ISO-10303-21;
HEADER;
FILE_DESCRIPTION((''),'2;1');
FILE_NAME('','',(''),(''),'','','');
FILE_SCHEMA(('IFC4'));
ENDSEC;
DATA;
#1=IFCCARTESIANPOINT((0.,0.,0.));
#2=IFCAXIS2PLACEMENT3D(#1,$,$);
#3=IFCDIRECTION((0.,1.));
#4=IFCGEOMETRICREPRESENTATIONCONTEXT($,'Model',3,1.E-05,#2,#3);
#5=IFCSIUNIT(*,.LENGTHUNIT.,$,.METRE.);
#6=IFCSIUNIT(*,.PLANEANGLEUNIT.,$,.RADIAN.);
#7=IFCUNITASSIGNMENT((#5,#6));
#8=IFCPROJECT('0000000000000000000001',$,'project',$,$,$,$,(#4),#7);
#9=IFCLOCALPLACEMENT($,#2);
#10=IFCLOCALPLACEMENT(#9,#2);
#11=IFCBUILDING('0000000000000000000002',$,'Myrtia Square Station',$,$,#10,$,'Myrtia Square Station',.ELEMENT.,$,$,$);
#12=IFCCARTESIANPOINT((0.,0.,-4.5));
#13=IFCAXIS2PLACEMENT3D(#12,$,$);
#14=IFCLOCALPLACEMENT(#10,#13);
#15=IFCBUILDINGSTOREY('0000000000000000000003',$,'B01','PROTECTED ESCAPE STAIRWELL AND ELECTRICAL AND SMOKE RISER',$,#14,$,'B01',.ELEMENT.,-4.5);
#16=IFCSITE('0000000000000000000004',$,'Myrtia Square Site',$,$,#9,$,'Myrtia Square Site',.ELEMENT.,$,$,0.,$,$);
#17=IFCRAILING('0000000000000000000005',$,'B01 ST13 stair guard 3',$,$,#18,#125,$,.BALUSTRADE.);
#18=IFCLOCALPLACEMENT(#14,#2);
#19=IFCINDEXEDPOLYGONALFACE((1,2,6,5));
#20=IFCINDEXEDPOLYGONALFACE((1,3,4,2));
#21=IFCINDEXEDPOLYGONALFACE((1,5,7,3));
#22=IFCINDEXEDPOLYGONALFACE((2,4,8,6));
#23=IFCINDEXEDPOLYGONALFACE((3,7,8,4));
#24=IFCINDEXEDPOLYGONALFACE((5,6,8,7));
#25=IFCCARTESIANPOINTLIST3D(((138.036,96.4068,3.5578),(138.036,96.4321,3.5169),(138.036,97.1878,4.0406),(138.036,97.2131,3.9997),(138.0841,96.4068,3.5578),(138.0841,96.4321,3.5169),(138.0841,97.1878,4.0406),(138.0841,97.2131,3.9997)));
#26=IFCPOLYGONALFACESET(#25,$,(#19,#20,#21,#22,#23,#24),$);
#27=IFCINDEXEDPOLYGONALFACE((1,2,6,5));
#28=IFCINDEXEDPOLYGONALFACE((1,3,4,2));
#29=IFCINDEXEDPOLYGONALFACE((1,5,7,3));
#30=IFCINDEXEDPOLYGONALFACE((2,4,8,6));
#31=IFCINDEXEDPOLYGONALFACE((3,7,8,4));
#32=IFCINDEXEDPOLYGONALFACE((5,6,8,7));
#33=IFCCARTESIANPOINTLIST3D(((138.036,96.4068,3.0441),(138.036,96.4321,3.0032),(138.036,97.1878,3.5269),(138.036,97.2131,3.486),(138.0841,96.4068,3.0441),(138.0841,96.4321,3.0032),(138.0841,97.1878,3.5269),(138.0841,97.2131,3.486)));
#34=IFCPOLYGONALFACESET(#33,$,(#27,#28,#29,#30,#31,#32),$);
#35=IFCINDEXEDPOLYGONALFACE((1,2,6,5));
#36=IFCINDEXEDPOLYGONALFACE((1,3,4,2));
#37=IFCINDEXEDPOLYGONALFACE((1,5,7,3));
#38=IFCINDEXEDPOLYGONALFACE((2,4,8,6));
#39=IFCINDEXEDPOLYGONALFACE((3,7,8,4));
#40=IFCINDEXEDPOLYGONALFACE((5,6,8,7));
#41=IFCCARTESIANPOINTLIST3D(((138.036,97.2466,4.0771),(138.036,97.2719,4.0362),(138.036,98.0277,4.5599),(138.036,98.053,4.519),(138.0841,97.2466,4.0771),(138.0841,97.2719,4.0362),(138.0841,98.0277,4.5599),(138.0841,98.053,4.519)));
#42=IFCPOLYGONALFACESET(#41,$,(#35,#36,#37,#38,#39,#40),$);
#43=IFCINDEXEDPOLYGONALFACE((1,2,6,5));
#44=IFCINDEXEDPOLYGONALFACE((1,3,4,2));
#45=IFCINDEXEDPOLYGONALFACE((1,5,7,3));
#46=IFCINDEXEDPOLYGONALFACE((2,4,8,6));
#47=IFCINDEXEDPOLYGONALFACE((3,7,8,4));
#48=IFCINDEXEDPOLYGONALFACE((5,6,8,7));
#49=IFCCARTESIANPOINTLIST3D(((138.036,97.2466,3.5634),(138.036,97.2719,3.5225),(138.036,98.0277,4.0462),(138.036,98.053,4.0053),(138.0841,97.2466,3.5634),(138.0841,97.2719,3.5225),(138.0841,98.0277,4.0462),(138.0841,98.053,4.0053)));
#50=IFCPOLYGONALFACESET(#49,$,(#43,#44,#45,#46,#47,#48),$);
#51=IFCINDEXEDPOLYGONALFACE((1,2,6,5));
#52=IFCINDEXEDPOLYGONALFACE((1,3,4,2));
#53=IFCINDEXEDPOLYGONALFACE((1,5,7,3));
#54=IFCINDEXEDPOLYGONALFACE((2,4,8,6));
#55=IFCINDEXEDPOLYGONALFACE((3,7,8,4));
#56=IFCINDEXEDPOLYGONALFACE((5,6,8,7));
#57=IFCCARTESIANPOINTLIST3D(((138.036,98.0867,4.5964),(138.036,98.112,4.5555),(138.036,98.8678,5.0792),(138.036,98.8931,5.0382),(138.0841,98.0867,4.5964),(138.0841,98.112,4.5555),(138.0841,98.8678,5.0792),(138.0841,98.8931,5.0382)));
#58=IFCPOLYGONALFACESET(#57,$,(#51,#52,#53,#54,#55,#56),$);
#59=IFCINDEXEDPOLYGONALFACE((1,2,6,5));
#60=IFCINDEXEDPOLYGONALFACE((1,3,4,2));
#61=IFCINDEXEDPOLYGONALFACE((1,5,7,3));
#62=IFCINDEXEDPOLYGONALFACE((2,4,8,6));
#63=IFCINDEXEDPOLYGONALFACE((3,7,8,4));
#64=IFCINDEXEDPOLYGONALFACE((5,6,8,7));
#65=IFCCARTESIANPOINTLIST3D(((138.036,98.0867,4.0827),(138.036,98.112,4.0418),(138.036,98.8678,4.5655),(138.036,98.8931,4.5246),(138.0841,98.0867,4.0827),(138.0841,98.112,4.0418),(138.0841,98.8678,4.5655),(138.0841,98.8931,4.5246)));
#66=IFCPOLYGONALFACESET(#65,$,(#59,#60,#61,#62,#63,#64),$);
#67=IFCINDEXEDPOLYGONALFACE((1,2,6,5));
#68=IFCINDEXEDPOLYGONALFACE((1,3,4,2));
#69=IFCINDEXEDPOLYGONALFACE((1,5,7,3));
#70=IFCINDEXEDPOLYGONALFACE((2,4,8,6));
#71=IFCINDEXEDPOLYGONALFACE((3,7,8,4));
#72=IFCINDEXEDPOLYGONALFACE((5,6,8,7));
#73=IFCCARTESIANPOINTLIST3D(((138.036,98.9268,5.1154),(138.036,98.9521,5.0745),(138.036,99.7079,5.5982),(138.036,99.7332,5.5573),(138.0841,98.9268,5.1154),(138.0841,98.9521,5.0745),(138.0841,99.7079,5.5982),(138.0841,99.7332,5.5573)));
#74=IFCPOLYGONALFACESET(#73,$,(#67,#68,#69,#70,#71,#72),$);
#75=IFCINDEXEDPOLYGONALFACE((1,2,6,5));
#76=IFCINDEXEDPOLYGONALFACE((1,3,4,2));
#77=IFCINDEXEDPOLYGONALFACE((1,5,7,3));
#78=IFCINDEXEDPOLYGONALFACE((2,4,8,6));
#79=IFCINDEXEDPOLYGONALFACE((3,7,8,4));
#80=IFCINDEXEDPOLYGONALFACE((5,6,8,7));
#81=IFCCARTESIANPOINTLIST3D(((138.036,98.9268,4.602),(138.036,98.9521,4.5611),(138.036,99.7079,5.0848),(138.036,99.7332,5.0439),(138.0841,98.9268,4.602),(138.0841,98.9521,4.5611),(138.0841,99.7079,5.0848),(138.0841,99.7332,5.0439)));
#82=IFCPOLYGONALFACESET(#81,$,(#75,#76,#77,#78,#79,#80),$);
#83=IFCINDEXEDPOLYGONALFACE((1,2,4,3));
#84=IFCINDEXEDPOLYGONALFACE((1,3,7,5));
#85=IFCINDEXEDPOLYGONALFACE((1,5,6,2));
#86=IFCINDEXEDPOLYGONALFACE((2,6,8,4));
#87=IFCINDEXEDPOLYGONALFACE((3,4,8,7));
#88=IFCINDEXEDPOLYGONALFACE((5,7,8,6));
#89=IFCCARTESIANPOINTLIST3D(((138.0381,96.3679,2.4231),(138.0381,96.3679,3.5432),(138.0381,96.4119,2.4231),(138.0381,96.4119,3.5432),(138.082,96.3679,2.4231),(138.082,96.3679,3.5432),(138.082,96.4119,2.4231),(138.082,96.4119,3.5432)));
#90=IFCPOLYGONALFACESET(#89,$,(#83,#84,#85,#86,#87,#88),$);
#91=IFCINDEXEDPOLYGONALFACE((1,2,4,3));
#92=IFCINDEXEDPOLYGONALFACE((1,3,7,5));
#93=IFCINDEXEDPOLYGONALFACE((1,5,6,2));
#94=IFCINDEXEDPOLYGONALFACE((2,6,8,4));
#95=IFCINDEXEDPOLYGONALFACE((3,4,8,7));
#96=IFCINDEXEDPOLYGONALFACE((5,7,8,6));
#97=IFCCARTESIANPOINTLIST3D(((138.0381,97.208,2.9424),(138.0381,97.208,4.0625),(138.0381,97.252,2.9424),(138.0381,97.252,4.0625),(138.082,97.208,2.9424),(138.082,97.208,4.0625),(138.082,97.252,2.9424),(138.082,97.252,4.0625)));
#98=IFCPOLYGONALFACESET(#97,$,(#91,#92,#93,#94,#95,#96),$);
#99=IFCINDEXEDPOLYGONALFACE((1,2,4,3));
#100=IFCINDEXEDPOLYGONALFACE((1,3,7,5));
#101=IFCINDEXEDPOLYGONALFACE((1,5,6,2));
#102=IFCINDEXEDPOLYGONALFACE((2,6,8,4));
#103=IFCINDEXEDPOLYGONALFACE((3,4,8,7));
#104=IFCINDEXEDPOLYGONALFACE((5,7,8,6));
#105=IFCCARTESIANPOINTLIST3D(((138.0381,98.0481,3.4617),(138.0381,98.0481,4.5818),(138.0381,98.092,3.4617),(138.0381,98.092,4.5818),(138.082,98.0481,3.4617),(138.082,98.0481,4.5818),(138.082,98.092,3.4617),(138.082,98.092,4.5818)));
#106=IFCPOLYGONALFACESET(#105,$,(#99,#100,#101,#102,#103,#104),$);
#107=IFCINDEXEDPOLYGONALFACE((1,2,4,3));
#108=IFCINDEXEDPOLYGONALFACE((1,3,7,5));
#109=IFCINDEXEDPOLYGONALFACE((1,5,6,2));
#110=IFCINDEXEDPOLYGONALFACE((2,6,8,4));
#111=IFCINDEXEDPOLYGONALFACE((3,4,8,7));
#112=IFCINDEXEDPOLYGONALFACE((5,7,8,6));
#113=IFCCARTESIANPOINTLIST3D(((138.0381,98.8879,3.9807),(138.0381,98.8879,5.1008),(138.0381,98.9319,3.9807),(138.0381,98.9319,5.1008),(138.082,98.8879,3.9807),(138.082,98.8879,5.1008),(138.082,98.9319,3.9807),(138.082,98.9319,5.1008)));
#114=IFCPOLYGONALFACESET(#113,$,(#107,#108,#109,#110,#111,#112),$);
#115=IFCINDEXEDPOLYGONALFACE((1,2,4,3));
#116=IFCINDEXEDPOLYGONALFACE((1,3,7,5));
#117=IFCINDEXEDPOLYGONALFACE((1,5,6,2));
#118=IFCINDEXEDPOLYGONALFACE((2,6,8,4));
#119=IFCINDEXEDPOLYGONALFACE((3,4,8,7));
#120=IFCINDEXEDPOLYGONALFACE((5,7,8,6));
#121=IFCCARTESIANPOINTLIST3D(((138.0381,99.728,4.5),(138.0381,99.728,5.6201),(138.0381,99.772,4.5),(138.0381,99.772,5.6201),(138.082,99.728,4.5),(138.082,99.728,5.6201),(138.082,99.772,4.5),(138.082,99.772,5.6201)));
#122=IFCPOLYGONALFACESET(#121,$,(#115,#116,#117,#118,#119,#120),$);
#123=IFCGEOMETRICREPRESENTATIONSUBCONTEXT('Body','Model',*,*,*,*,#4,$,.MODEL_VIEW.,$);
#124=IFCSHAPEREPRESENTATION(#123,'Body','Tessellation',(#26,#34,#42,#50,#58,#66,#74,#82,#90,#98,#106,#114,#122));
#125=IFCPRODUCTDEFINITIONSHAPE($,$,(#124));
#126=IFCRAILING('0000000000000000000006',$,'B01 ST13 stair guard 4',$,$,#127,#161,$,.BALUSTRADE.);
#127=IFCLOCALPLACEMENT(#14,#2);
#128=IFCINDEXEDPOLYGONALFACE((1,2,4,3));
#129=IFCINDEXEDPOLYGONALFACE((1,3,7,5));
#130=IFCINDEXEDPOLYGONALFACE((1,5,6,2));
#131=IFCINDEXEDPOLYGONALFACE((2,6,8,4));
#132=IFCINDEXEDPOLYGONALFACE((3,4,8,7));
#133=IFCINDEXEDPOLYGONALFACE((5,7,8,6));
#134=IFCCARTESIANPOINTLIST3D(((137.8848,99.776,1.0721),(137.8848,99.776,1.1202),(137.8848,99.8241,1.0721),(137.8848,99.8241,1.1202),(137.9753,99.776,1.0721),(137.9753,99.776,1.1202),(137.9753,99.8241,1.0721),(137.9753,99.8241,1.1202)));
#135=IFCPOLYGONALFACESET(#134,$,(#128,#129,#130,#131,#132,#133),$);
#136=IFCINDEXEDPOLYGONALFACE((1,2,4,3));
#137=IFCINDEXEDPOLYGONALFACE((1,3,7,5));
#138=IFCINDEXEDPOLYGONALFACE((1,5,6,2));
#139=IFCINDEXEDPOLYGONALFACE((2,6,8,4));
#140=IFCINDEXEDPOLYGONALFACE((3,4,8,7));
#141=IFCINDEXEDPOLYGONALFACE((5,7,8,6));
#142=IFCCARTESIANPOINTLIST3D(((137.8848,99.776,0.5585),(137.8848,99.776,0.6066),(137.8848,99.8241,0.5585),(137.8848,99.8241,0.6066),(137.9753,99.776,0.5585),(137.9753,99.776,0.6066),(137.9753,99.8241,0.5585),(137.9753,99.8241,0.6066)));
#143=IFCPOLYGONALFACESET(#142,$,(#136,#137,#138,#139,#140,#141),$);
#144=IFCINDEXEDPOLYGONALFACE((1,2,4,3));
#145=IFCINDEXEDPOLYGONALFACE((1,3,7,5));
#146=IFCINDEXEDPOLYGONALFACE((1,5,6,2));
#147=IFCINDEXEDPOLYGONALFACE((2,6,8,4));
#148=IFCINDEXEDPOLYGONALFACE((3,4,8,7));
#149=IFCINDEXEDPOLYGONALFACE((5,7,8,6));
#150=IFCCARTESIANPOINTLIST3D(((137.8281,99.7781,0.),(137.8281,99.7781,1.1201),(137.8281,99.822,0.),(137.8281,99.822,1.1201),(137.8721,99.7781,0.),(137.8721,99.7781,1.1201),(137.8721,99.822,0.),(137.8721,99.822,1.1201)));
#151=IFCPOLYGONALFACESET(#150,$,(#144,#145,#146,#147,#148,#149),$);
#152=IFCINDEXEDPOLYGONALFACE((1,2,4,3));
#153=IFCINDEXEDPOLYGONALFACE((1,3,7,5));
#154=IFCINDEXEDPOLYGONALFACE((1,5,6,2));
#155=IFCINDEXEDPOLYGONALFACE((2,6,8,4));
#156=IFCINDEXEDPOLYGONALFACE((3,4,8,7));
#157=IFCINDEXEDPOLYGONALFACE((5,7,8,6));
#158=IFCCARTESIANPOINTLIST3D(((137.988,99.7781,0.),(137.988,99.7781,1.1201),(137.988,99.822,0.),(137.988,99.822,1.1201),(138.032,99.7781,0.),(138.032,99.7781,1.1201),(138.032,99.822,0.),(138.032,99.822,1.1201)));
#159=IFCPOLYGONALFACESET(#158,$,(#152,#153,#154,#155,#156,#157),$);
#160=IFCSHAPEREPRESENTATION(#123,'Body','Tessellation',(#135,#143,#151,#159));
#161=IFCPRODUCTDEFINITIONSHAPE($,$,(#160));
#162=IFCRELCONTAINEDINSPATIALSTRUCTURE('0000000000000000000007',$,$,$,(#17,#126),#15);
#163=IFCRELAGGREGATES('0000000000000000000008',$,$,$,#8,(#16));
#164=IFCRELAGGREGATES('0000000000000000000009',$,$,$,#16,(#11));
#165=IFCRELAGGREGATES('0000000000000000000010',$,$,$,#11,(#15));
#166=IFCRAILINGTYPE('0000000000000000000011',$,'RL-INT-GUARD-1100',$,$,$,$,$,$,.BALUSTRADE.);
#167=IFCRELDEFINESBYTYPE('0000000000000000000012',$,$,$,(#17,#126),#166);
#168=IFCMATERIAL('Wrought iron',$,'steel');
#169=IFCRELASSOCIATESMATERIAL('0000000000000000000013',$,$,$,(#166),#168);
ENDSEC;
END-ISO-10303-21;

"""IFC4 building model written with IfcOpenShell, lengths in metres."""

from ifc_helpers import new_model, si_unit, direction, frame, origin, origin_2d, place, context, subcontext, project, spatial, rectangle, extrude, material, type_object, element, save


model = new_model("IFC4")

# Units and contexts
model_context = context("Model", 3, precision=1e-05, world=origin(), true_north=direction((0.0, 1.0)))
body_context = subcontext(model_context, "Body", "Model", "MODEL_VIEW")
ifc_project = project(units=[si_unit("LENGTHUNIT", "METRE"), si_unit("PLANEANGLEUNIT", "RADIAN")], contexts=[model_context])

# Site, building, storey
site_placement = place(None, origin())
site = spatial("IfcSite", under=ifc_project, at=site_placement, Name="Myrtia Square Site", LongName="Myrtia Square Site", CompositionType="ELEMENT", RefElevation=0.0)
building_placement = place(site_placement, origin())
building = spatial("IfcBuilding", under=site, at=building_placement, Name="Myrtia Square Station", LongName="Myrtia Square Station", CompositionType="ELEMENT")
storey_placement = place(building_placement, frame((0.0, 0.0, -4.5)))
storey = spatial("IfcBuildingStorey", under=building, at=storey_placement, Name="B01", Description="PROTECTED ESCAPE STAIRWELL AND ELECTRICAL AND SMOKE RISER", LongName="B01", CompositionType="ELEMENT", Elevation=-4.5)

# Railings
ifc_material_1 = material(Name="Wrought iron", Category="steel")
railing_type_1 = type_object("IfcRailingType", Name="RL-INT-GUARD-1100", PredefinedType="BALUSTRADE", material=ifc_material_1)
railing_1_placement = place(storey_placement, frame((138.0601, 96.3899, 2.4231)))
element("IfcRailing", 1, at=railing_1_placement, inside=storey, type_object=railing_type_1, Name="B01 ST13 stair guard 3", PredefinedType="BALUSTRADE", context=body_context, shape_type="SweptSolid", body=[
    extrude(rectangle(XDim=0.0481, YDim=0.0481, at=origin_2d()), frame((0.0, 0.0295, 1.1143), z_axis=(0.0, 0.850623, 0.525776), x_axis=(-1.0, 0.0, 0.0)), (0.0, 0.0, 1.0), 0.9182),
    extrude(rectangle(XDim=0.0481, YDim=0.0481, at=origin_2d()), frame((0.0, 0.0295, 0.6006), z_axis=(0.0, 0.850623, 0.525776), x_axis=(-1.0, 0.0, 0.0)), (0.0, 0.0, 1.0), 0.9182),
    extrude(rectangle(XDim=0.0481, YDim=0.0481, at=origin_2d()), frame((0.0, 0.8694, 1.6335), z_axis=(0.0, 0.850623, 0.525776), x_axis=(-1.0, 0.0, 0.0)), (0.0, 0.0, 1.0), 0.9182),
    extrude(rectangle(XDim=0.0481, YDim=0.0481, at=origin_2d()), frame((0.0, 0.8694, 1.1199), z_axis=(0.0, 0.850623, 0.525776), x_axis=(-1.0, 0.0, 0.0)), (0.0, 0.0, 1.0), 0.9182),
    extrude(rectangle(XDim=0.0481, YDim=0.0481, at=origin_2d()), frame((0.0, 1.7095, 2.1528), z_axis=(0.0, 0.850623, 0.525776), x_axis=(-1.0, 0.0, 0.0)), (0.0, 0.0, 1.0), 0.9182),
    extrude(rectangle(XDim=0.0481, YDim=0.0481, at=origin_2d()), frame((0.0, 1.7095, 1.6392), z_axis=(0.0, 0.850623, 0.525776), x_axis=(-1.0, 0.0, 0.0)), (0.0, 0.0, 1.0), 0.9182),
    extrude(rectangle(XDim=0.0481, YDim=0.0481, at=origin_2d()), frame((0.0, 2.5496, 2.6719), z_axis=(0.0, 0.850623, 0.525776), x_axis=(-1.0, 0.0, 0.0)), (0.0, 0.0, 1.0), 0.9182),
    extrude(rectangle(XDim=0.0481, YDim=0.0481, at=origin_2d()), frame((0.0, 2.5496, 2.1584), z_axis=(0.0, 0.850623, 0.525776), x_axis=(-1.0, 0.0, 0.0)), (0.0, 0.0, 1.0), 0.9182),
    extrude(rectangle(XDim=0.0439, YDim=0.0439, at=origin_2d()), origin(), (0.0, 0.0, 1.0), 1.1201),
    extrude(rectangle(XDim=0.0439, YDim=0.0439, at=origin_2d()), frame((0.0, 0.8401, 0.5193)), (0.0, 0.0, 1.0), 1.1201),
    extrude(rectangle(XDim=0.0439, YDim=0.0439, at=origin_2d()), frame((0.0, 1.6802, 1.0386)), (0.0, 0.0, 1.0), 1.1201),
    extrude(rectangle(XDim=0.0439, YDim=0.0439, at=origin_2d()), frame((0.0, 2.52, 1.5576)), (0.0, 0.0, 1.0), 1.1201),
    extrude(rectangle(XDim=0.0439, YDim=0.0439, at=origin_2d()), frame((0.0, 3.3601, 2.0769)), (0.0, 0.0, 1.0), 1.1201),
])
railing_2_placement = place(storey_placement, frame((137.8501, 99.8, 0.0)))
element("IfcRailing", 2, at=railing_2_placement, inside=storey, type_object=railing_type_1, Name="B01 ST13 stair guard 4", PredefinedType="BALUSTRADE", context=body_context, shape_type="SweptSolid", body=[
    extrude(rectangle(XDim=0.0481, YDim=0.0481, at=origin_2d()), frame((0.0347, 0.0, 1.0962), z_axis=(1.0, 0.0, 0.0), x_axis=(0.0, 1.0, 0.0)), (0.0, 0.0, 1.0), 0.0906),
    extrude(rectangle(XDim=0.0481, YDim=0.0481, at=origin_2d()), frame((0.0347, 0.0, 0.5825), z_axis=(1.0, 0.0, 0.0), x_axis=(0.0, 1.0, 0.0)), (0.0, 0.0, 1.0), 0.0906),
    extrude(rectangle(XDim=0.0439, YDim=0.0439, at=origin_2d()), origin(), (0.0, 0.0, 1.0), 1.1201),
    extrude(rectangle(XDim=0.0439, YDim=0.0439, at=origin_2d()), frame((0.1599, 0.0, 0.0)), (0.0, 0.0, 1.0), 1.1201),
])

save(model, "model.ifc")
